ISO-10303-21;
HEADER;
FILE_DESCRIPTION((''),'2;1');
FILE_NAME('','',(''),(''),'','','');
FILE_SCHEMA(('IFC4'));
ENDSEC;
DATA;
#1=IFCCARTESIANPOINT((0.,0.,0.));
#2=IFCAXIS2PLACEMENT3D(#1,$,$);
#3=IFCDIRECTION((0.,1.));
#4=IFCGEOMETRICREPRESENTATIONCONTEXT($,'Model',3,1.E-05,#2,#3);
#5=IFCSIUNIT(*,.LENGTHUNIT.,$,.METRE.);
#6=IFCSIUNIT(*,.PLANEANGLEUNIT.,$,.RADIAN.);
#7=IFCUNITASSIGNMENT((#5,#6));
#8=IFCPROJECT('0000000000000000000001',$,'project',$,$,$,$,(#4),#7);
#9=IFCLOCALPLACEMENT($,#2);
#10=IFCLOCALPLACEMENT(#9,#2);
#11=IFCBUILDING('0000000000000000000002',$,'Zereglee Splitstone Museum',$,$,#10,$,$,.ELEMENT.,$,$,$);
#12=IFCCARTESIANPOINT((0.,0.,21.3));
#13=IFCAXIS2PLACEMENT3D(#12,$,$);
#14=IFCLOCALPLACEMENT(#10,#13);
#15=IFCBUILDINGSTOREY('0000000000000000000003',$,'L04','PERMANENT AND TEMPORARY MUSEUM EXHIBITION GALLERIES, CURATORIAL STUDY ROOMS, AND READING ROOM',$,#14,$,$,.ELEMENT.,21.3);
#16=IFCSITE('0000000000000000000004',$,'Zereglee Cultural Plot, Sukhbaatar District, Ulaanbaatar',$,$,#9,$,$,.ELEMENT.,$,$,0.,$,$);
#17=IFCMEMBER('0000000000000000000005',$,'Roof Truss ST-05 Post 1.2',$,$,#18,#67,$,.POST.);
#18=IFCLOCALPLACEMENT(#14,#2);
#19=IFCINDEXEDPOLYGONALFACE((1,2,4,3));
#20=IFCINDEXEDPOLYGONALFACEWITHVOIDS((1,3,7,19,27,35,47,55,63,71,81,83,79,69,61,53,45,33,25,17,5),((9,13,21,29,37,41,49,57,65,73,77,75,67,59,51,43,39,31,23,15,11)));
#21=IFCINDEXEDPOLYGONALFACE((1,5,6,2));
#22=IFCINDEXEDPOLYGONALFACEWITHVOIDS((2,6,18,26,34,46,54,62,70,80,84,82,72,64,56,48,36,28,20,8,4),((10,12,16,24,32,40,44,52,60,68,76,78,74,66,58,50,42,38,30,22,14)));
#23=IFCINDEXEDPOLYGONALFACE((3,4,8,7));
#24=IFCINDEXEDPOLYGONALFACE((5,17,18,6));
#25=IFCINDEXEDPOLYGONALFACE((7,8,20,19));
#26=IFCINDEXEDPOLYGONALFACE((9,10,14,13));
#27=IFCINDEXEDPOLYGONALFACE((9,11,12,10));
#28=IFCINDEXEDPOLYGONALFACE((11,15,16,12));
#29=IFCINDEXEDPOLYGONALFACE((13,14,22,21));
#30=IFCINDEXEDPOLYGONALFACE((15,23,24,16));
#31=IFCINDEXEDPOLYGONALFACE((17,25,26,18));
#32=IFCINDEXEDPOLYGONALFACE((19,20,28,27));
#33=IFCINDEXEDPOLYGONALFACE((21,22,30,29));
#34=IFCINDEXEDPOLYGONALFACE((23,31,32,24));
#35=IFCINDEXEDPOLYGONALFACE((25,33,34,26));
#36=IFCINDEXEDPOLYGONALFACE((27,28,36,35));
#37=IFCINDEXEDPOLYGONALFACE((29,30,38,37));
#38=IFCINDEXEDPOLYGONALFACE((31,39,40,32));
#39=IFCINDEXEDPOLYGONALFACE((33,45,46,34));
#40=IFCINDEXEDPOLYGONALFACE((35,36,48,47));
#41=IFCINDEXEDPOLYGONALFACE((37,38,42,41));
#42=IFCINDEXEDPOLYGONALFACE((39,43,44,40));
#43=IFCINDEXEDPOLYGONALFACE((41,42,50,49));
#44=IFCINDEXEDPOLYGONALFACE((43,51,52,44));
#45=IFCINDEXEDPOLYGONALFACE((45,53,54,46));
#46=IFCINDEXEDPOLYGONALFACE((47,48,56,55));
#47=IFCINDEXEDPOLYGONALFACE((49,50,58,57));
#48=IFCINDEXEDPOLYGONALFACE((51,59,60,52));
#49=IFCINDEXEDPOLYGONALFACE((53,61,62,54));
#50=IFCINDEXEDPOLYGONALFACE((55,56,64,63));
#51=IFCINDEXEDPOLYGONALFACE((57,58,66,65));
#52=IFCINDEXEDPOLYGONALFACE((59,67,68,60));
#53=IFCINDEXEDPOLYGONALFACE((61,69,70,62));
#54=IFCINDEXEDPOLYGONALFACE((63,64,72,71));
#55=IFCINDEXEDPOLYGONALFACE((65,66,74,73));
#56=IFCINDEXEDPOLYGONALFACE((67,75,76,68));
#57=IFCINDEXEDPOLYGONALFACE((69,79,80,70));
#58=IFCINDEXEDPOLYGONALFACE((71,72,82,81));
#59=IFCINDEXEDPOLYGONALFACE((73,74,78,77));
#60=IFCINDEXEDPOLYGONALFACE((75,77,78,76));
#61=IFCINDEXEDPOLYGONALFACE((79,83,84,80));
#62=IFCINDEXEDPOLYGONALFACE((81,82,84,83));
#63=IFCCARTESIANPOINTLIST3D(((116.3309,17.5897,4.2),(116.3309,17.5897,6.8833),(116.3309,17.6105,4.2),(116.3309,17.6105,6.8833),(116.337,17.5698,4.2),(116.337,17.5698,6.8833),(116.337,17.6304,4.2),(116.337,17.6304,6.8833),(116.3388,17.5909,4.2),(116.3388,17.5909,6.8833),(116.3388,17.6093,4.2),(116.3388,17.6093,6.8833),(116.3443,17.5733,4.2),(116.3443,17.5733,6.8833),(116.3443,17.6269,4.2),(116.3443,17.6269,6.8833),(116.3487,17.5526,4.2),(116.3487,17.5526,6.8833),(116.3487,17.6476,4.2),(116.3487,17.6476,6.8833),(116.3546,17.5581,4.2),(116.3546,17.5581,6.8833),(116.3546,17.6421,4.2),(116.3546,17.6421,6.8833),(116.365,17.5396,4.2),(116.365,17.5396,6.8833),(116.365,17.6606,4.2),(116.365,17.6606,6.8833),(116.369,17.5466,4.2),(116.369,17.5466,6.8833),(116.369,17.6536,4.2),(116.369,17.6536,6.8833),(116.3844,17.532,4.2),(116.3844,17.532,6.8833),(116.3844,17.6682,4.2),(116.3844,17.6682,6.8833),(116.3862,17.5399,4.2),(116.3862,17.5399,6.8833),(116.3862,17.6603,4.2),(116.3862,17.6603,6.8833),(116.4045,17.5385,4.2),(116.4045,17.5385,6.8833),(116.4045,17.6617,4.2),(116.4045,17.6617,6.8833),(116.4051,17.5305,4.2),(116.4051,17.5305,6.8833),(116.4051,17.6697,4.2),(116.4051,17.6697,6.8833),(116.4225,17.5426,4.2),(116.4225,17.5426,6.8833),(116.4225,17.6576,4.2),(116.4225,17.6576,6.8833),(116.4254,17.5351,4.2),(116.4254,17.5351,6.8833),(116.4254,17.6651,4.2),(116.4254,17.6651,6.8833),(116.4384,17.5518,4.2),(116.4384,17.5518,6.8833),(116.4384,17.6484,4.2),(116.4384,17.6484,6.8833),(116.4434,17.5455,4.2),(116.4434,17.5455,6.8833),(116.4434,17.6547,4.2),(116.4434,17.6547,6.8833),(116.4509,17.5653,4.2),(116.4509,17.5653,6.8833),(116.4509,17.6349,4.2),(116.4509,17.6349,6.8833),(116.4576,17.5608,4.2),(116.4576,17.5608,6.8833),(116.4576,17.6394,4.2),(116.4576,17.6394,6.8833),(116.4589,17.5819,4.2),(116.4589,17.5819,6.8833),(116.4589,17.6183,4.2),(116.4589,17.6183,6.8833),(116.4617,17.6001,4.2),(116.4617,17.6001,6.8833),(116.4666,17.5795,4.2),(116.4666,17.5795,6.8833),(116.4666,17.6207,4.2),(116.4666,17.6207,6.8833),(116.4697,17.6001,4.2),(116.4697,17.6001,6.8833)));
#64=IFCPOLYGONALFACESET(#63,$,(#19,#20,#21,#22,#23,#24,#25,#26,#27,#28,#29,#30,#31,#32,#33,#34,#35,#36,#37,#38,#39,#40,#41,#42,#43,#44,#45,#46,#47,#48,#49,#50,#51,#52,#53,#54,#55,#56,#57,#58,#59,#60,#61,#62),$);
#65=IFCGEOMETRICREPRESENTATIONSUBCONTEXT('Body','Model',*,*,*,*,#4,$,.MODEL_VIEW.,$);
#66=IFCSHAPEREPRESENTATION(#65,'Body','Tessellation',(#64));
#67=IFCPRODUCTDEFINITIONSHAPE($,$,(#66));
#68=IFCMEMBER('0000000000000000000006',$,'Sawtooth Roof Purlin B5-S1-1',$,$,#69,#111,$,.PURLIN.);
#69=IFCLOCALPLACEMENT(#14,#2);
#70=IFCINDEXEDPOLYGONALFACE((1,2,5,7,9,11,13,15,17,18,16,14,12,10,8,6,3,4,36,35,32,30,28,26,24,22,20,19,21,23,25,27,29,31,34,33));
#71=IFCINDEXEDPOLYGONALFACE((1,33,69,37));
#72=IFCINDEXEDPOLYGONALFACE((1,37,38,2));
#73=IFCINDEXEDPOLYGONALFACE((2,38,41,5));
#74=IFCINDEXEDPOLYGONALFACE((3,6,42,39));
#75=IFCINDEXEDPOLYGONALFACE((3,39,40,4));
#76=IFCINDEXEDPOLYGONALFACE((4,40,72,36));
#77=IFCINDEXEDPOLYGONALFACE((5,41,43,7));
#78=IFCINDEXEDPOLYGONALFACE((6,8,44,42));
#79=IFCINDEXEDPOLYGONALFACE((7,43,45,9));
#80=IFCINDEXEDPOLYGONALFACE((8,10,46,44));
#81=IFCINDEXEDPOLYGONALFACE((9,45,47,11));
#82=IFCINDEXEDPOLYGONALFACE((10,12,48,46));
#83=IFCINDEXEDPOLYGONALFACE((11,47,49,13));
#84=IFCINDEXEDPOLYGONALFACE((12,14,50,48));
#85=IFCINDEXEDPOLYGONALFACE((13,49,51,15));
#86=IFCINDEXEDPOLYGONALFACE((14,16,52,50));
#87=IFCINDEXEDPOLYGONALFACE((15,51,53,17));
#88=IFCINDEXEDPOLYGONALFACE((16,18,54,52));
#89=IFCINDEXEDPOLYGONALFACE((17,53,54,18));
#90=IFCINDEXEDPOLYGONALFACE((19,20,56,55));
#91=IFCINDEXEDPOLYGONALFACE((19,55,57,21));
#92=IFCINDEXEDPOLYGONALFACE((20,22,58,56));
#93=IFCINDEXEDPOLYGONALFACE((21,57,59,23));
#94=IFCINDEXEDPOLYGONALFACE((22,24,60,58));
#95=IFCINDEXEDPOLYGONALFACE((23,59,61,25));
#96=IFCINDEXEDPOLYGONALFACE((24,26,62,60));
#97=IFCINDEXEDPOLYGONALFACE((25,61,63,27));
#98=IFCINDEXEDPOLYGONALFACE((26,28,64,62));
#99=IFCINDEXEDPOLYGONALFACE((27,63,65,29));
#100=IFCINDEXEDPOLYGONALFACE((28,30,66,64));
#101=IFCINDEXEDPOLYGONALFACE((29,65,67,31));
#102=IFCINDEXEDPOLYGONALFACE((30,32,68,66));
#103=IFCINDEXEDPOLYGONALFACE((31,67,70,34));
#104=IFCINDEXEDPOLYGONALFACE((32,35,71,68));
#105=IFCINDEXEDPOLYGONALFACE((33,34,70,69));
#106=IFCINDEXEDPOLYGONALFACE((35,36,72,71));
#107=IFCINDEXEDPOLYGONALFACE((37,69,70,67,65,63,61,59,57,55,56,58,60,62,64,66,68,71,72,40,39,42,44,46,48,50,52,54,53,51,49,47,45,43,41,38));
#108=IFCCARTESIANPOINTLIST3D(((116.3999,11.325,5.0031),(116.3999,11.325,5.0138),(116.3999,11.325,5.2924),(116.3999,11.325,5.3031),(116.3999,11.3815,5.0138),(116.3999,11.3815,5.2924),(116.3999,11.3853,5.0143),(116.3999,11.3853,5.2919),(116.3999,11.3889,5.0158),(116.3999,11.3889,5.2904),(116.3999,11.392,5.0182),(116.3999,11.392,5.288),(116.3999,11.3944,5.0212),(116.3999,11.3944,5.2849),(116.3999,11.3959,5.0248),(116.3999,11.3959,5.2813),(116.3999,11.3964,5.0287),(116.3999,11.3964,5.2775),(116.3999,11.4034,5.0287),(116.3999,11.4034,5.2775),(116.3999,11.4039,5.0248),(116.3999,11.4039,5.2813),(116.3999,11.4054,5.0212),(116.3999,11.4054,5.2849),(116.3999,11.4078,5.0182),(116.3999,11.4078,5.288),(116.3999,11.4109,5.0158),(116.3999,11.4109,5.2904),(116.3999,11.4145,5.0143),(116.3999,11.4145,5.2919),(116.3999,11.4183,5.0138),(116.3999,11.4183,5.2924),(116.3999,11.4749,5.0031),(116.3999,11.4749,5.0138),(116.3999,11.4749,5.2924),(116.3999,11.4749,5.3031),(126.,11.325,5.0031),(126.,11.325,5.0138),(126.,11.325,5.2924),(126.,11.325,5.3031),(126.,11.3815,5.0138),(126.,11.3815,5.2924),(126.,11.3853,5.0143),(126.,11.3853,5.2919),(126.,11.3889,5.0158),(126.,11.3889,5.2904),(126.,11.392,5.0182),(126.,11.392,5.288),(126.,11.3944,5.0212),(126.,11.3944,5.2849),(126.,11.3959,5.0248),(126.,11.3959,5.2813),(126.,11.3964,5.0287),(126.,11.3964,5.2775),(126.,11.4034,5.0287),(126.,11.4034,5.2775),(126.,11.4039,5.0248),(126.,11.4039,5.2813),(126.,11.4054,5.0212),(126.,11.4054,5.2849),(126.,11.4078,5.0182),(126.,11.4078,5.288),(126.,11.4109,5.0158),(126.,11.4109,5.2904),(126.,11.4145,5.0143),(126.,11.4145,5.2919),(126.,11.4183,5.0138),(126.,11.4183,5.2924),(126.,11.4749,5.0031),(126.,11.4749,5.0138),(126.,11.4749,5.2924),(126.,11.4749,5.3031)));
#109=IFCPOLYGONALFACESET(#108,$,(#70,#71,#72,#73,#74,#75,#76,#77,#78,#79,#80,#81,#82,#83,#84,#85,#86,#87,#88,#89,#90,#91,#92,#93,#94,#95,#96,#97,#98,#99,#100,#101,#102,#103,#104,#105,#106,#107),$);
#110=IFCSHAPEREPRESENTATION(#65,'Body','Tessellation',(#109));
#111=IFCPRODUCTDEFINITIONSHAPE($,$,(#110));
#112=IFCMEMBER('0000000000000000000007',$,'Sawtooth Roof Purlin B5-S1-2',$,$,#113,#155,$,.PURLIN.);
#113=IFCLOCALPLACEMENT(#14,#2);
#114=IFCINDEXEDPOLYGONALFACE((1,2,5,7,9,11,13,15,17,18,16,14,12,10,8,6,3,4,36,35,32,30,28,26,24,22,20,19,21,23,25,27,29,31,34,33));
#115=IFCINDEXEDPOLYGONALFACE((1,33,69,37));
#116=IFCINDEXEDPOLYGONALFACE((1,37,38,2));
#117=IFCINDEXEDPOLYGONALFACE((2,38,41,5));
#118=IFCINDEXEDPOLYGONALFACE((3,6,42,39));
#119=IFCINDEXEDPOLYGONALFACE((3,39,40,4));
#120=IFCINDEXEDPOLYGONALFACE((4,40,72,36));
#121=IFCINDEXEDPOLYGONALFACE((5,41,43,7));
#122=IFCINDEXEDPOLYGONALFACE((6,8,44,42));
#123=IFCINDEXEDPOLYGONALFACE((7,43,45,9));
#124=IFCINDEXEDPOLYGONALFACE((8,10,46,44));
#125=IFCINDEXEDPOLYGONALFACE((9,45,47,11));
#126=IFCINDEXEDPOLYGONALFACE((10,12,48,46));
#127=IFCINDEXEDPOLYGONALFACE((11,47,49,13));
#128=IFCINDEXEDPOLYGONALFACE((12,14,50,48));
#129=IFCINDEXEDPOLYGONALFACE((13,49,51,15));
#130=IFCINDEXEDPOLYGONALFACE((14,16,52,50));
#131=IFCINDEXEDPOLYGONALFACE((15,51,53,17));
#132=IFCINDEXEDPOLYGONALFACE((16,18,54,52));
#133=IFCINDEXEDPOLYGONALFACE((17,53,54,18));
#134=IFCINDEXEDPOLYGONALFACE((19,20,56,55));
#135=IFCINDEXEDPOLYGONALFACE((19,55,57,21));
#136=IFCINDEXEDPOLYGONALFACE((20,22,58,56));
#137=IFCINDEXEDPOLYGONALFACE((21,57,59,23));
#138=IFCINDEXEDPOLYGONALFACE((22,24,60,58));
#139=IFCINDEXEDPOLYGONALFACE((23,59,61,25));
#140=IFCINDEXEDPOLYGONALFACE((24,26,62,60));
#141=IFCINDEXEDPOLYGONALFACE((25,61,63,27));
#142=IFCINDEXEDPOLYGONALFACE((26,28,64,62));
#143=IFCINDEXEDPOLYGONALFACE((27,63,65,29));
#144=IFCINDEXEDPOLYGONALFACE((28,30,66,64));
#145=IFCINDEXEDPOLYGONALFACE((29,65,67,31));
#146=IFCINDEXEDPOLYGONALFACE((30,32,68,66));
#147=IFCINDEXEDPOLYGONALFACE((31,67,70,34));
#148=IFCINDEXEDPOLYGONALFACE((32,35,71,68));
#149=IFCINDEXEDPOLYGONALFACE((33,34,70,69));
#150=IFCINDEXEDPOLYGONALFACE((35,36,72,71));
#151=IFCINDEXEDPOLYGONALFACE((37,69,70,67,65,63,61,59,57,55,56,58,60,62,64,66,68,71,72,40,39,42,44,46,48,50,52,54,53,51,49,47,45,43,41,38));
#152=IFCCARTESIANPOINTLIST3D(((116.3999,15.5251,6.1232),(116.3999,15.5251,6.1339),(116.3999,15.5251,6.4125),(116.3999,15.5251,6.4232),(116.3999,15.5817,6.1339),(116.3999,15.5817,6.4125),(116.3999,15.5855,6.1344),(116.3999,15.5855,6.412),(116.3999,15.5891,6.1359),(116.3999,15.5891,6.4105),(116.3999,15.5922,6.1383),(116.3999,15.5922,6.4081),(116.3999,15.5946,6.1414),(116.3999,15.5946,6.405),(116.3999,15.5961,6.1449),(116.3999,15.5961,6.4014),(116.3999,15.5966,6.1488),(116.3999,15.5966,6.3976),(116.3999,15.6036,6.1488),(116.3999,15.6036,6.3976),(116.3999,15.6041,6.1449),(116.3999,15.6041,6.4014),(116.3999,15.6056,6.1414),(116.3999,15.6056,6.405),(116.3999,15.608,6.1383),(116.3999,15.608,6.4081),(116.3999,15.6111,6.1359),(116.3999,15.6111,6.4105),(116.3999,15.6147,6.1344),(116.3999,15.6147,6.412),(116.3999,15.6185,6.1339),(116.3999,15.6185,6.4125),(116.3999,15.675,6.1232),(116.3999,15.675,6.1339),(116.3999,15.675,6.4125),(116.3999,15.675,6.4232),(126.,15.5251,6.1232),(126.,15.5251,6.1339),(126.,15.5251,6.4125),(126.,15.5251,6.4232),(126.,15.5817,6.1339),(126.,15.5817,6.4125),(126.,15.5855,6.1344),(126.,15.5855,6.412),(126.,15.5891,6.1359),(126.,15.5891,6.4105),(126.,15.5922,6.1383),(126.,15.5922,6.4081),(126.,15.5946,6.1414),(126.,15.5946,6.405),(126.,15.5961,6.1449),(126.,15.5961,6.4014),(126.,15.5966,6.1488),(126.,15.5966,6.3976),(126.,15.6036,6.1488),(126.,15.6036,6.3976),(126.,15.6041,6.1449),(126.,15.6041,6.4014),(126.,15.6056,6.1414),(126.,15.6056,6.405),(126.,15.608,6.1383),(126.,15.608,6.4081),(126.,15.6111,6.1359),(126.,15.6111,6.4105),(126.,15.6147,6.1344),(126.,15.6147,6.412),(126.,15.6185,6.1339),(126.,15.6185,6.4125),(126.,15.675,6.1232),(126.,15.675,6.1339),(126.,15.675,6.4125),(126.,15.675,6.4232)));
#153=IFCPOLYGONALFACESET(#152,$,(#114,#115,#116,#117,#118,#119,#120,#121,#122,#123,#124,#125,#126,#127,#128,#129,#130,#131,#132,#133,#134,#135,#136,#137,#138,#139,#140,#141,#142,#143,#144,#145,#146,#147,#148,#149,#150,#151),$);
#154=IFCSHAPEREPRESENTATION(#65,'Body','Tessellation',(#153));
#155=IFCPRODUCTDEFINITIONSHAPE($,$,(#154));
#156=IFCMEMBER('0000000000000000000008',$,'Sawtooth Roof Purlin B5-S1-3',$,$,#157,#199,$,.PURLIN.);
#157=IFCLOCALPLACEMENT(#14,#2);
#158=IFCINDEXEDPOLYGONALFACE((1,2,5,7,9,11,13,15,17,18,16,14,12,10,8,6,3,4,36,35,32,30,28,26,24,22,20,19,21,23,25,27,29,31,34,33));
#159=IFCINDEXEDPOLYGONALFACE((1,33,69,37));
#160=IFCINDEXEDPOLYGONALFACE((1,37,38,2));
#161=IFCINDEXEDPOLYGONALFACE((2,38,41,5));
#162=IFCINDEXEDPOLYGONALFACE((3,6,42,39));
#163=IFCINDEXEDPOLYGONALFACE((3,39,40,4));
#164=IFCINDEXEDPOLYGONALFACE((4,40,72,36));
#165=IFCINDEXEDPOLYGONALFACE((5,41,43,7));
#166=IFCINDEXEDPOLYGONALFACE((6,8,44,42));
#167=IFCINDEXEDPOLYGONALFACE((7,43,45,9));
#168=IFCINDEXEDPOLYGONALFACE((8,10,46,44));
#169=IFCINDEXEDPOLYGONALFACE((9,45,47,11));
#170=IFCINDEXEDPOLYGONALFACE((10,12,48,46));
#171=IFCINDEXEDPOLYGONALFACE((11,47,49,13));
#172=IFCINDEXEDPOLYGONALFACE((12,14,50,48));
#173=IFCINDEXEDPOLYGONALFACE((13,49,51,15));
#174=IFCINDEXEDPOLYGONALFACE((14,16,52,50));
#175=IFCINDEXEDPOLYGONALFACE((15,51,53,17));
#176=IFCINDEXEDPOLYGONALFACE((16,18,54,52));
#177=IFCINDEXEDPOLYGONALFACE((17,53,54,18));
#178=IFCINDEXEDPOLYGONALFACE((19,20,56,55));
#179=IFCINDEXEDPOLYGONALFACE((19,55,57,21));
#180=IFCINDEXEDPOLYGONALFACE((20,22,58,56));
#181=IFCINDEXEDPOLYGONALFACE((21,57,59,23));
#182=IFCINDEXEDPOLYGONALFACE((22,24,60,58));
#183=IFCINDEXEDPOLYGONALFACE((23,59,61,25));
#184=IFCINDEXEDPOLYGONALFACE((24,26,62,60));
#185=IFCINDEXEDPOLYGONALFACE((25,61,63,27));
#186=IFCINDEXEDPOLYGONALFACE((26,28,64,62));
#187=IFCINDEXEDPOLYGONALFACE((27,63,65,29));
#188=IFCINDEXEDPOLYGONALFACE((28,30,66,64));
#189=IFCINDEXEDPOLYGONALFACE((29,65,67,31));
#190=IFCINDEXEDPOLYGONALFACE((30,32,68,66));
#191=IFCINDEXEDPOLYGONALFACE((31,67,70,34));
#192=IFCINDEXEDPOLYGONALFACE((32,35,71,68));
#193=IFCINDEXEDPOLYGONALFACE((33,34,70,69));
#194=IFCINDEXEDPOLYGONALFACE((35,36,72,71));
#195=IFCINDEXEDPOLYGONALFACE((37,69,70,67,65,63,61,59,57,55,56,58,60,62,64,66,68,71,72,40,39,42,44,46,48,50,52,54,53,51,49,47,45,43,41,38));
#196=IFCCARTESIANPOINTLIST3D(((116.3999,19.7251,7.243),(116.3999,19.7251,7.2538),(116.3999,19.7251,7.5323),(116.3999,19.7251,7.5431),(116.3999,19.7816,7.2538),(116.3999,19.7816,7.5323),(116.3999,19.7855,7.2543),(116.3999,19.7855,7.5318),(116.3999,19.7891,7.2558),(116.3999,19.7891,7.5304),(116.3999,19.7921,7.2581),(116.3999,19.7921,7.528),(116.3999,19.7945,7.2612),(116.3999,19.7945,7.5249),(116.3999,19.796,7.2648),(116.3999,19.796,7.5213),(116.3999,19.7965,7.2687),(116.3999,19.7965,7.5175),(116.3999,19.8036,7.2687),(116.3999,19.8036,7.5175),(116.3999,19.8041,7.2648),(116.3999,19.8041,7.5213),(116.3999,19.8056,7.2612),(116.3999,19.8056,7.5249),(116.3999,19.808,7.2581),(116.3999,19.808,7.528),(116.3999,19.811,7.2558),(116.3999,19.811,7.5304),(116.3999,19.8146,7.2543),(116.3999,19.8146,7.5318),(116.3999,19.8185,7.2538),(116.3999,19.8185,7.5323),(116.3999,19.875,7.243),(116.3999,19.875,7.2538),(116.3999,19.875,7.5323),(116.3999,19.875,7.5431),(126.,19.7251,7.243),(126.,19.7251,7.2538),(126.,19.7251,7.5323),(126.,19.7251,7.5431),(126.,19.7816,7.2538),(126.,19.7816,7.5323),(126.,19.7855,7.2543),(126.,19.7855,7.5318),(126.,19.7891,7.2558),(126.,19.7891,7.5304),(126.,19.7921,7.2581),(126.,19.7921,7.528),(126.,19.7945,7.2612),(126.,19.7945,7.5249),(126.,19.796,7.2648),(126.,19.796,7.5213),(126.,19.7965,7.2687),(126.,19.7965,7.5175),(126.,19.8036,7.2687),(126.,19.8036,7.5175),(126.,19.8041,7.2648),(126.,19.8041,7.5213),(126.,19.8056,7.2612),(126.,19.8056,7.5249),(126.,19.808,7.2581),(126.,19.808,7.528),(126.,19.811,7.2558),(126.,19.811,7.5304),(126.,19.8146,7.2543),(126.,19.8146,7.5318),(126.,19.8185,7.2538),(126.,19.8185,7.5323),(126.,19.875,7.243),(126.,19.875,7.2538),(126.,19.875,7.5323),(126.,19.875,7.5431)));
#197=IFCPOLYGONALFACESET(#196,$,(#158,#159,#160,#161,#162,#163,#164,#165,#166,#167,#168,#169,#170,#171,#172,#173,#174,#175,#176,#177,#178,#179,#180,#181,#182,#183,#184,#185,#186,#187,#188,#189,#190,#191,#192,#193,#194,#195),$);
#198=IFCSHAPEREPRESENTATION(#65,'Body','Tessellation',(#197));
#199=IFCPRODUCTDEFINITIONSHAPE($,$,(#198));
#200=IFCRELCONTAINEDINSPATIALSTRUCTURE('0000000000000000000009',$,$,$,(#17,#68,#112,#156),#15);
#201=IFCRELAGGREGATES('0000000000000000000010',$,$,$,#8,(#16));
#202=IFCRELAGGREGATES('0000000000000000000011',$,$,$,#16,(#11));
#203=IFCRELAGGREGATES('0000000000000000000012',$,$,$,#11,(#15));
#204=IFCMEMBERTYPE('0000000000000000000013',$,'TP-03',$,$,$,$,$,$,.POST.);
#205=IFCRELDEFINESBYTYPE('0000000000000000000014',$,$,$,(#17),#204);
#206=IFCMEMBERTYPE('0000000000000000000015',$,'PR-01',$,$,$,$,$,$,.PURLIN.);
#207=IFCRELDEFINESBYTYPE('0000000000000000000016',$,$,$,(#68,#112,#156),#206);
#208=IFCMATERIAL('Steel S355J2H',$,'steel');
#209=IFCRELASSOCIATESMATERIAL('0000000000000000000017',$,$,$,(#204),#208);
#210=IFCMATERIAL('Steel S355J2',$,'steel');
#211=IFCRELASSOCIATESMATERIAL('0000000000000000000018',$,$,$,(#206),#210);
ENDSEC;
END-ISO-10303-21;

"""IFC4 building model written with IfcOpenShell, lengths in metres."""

from ifc_helpers import new_model, si_unit, direction, frame, origin, origin_2d, place, context, subcontext, project, spatial, hollow_circle, i_section, extrude, material, material_profile, profile_set, type_object, element, save


model = new_model("IFC4")

# Units and contexts
model_context = context("Model", 3, precision=1e-05, world=origin(), true_north=direction((0.0, 1.0)))
body_context = subcontext(model_context, "Body", "Model", "MODEL_VIEW")
ifc_project = project(units=[si_unit("LENGTHUNIT", "METRE"), si_unit("PLANEANGLEUNIT", "RADIAN")], contexts=[model_context])

# Site, building, storey
site_placement = place(None, origin())
site = spatial("IfcSite", under=ifc_project, at=site_placement, Name="Zereglee Cultural Plot, Sukhbaatar District, Ulaanbaatar", CompositionType="ELEMENT", RefElevation=0.0)
building_placement = place(site_placement, origin())
building = spatial("IfcBuilding", under=site, at=building_placement, Name="Zereglee Splitstone Museum", CompositionType="ELEMENT")
storey_placement = place(building_placement, frame((0.0, 0.0, 21.3)))
storey = spatial("IfcBuildingStorey", under=building, at=storey_placement, Name="L04", Description="PERMANENT AND TEMPORARY MUSEUM EXHIBITION GALLERIES, CURATORIAL STUDY ROOMS, AND READING ROOM", CompositionType="ELEMENT", Elevation=21.3)

# Shared definitions
ifc_material_1 = material(Name="Steel S355J2", Category="steel")

# Shared definitions
ifc_material_2 = material(Name="Steel S355J2H", Category="steel")

# Members
ifc_material_profile_1 = material_profile(ifc_material_2, hollow_circle(Radius=0.0698, WallThickness=0.0081, at=origin_2d()), Name="CHS 139.7x8")
ifc_profile_set_1 = profile_set([ifc_material_profile_1], Name="Steel S355J2H")
member_type_1 = type_object("IfcMemberType", Name="TP-03", PredefinedType="POST", material=ifc_profile_set_1)
member_1_placement = place(storey_placement, frame((116.3999, 17.6001, 4.2), z_axis=(0.0, 0.0, 1.0), x_axis=(1.0, 0.0, 0.0)))
element("IfcMember", 1, at=member_1_placement, inside=storey, type_object=member_type_1, Name="Roof Truss ST-05 Post 1.2", PredefinedType="POST", context=body_context, shape_type="SweptSolid", body=[
    extrude(hollow_circle(Radius=0.0698, WallThickness=0.0081, at=origin_2d()), origin(), (0.0, 0.0, 1.0), 2.6833),
])
ifc_material_profile_2 = material_profile(ifc_material_1, i_section(OverallWidth=0.1499, OverallDepth=0.3, WebThickness=0.0071, FlangeThickness=0.0107, FilletRadius=0.0149, at=origin_2d()), Name="IPE 300")
ifc_profile_set_2 = profile_set([ifc_material_profile_2], Name="Steel S355J2")
member_type_2 = type_object("IfcMemberType", Name="PR-01", PredefinedType="PURLIN", material=ifc_profile_set_2)
for number, where, z_axis, x_axis, name in (
    (2, (116.3999, 11.3999, 5.1531), (1.0, 0.0, 0.0), (0.0, 1.0, 0.0), "Sawtooth Roof Purlin B5-S1-1"),
    (3, (116.3999, 15.6001, 6.2732), (1.0, 0.0, 0.0), (0.0, 1.0, 0.0), "Sawtooth Roof Purlin B5-S1-2"),
    (4, (116.3999, 19.8, 7.3931), (1.0, 0.0, 0.0), (0.0, 1.0, 0.0), "Sawtooth Roof Purlin B5-S1-3"),
):
    element("IfcMember", number, at=place(storey_placement, frame(where, z_axis=z_axis, x_axis=x_axis)), inside=storey, type_object=member_type_2, Name=name, PredefinedType="PURLIN", context=body_context, shape_type="SweptSolid", body=[
        extrude(i_section(OverallWidth=0.1499, OverallDepth=0.3, WebThickness=0.0071, FlangeThickness=0.0107, FilletRadius=0.0149, at=origin_2d()), origin(), (0.0, 0.0, 1.0), 9.6001),
    ])

save(model, "model.ifc")
